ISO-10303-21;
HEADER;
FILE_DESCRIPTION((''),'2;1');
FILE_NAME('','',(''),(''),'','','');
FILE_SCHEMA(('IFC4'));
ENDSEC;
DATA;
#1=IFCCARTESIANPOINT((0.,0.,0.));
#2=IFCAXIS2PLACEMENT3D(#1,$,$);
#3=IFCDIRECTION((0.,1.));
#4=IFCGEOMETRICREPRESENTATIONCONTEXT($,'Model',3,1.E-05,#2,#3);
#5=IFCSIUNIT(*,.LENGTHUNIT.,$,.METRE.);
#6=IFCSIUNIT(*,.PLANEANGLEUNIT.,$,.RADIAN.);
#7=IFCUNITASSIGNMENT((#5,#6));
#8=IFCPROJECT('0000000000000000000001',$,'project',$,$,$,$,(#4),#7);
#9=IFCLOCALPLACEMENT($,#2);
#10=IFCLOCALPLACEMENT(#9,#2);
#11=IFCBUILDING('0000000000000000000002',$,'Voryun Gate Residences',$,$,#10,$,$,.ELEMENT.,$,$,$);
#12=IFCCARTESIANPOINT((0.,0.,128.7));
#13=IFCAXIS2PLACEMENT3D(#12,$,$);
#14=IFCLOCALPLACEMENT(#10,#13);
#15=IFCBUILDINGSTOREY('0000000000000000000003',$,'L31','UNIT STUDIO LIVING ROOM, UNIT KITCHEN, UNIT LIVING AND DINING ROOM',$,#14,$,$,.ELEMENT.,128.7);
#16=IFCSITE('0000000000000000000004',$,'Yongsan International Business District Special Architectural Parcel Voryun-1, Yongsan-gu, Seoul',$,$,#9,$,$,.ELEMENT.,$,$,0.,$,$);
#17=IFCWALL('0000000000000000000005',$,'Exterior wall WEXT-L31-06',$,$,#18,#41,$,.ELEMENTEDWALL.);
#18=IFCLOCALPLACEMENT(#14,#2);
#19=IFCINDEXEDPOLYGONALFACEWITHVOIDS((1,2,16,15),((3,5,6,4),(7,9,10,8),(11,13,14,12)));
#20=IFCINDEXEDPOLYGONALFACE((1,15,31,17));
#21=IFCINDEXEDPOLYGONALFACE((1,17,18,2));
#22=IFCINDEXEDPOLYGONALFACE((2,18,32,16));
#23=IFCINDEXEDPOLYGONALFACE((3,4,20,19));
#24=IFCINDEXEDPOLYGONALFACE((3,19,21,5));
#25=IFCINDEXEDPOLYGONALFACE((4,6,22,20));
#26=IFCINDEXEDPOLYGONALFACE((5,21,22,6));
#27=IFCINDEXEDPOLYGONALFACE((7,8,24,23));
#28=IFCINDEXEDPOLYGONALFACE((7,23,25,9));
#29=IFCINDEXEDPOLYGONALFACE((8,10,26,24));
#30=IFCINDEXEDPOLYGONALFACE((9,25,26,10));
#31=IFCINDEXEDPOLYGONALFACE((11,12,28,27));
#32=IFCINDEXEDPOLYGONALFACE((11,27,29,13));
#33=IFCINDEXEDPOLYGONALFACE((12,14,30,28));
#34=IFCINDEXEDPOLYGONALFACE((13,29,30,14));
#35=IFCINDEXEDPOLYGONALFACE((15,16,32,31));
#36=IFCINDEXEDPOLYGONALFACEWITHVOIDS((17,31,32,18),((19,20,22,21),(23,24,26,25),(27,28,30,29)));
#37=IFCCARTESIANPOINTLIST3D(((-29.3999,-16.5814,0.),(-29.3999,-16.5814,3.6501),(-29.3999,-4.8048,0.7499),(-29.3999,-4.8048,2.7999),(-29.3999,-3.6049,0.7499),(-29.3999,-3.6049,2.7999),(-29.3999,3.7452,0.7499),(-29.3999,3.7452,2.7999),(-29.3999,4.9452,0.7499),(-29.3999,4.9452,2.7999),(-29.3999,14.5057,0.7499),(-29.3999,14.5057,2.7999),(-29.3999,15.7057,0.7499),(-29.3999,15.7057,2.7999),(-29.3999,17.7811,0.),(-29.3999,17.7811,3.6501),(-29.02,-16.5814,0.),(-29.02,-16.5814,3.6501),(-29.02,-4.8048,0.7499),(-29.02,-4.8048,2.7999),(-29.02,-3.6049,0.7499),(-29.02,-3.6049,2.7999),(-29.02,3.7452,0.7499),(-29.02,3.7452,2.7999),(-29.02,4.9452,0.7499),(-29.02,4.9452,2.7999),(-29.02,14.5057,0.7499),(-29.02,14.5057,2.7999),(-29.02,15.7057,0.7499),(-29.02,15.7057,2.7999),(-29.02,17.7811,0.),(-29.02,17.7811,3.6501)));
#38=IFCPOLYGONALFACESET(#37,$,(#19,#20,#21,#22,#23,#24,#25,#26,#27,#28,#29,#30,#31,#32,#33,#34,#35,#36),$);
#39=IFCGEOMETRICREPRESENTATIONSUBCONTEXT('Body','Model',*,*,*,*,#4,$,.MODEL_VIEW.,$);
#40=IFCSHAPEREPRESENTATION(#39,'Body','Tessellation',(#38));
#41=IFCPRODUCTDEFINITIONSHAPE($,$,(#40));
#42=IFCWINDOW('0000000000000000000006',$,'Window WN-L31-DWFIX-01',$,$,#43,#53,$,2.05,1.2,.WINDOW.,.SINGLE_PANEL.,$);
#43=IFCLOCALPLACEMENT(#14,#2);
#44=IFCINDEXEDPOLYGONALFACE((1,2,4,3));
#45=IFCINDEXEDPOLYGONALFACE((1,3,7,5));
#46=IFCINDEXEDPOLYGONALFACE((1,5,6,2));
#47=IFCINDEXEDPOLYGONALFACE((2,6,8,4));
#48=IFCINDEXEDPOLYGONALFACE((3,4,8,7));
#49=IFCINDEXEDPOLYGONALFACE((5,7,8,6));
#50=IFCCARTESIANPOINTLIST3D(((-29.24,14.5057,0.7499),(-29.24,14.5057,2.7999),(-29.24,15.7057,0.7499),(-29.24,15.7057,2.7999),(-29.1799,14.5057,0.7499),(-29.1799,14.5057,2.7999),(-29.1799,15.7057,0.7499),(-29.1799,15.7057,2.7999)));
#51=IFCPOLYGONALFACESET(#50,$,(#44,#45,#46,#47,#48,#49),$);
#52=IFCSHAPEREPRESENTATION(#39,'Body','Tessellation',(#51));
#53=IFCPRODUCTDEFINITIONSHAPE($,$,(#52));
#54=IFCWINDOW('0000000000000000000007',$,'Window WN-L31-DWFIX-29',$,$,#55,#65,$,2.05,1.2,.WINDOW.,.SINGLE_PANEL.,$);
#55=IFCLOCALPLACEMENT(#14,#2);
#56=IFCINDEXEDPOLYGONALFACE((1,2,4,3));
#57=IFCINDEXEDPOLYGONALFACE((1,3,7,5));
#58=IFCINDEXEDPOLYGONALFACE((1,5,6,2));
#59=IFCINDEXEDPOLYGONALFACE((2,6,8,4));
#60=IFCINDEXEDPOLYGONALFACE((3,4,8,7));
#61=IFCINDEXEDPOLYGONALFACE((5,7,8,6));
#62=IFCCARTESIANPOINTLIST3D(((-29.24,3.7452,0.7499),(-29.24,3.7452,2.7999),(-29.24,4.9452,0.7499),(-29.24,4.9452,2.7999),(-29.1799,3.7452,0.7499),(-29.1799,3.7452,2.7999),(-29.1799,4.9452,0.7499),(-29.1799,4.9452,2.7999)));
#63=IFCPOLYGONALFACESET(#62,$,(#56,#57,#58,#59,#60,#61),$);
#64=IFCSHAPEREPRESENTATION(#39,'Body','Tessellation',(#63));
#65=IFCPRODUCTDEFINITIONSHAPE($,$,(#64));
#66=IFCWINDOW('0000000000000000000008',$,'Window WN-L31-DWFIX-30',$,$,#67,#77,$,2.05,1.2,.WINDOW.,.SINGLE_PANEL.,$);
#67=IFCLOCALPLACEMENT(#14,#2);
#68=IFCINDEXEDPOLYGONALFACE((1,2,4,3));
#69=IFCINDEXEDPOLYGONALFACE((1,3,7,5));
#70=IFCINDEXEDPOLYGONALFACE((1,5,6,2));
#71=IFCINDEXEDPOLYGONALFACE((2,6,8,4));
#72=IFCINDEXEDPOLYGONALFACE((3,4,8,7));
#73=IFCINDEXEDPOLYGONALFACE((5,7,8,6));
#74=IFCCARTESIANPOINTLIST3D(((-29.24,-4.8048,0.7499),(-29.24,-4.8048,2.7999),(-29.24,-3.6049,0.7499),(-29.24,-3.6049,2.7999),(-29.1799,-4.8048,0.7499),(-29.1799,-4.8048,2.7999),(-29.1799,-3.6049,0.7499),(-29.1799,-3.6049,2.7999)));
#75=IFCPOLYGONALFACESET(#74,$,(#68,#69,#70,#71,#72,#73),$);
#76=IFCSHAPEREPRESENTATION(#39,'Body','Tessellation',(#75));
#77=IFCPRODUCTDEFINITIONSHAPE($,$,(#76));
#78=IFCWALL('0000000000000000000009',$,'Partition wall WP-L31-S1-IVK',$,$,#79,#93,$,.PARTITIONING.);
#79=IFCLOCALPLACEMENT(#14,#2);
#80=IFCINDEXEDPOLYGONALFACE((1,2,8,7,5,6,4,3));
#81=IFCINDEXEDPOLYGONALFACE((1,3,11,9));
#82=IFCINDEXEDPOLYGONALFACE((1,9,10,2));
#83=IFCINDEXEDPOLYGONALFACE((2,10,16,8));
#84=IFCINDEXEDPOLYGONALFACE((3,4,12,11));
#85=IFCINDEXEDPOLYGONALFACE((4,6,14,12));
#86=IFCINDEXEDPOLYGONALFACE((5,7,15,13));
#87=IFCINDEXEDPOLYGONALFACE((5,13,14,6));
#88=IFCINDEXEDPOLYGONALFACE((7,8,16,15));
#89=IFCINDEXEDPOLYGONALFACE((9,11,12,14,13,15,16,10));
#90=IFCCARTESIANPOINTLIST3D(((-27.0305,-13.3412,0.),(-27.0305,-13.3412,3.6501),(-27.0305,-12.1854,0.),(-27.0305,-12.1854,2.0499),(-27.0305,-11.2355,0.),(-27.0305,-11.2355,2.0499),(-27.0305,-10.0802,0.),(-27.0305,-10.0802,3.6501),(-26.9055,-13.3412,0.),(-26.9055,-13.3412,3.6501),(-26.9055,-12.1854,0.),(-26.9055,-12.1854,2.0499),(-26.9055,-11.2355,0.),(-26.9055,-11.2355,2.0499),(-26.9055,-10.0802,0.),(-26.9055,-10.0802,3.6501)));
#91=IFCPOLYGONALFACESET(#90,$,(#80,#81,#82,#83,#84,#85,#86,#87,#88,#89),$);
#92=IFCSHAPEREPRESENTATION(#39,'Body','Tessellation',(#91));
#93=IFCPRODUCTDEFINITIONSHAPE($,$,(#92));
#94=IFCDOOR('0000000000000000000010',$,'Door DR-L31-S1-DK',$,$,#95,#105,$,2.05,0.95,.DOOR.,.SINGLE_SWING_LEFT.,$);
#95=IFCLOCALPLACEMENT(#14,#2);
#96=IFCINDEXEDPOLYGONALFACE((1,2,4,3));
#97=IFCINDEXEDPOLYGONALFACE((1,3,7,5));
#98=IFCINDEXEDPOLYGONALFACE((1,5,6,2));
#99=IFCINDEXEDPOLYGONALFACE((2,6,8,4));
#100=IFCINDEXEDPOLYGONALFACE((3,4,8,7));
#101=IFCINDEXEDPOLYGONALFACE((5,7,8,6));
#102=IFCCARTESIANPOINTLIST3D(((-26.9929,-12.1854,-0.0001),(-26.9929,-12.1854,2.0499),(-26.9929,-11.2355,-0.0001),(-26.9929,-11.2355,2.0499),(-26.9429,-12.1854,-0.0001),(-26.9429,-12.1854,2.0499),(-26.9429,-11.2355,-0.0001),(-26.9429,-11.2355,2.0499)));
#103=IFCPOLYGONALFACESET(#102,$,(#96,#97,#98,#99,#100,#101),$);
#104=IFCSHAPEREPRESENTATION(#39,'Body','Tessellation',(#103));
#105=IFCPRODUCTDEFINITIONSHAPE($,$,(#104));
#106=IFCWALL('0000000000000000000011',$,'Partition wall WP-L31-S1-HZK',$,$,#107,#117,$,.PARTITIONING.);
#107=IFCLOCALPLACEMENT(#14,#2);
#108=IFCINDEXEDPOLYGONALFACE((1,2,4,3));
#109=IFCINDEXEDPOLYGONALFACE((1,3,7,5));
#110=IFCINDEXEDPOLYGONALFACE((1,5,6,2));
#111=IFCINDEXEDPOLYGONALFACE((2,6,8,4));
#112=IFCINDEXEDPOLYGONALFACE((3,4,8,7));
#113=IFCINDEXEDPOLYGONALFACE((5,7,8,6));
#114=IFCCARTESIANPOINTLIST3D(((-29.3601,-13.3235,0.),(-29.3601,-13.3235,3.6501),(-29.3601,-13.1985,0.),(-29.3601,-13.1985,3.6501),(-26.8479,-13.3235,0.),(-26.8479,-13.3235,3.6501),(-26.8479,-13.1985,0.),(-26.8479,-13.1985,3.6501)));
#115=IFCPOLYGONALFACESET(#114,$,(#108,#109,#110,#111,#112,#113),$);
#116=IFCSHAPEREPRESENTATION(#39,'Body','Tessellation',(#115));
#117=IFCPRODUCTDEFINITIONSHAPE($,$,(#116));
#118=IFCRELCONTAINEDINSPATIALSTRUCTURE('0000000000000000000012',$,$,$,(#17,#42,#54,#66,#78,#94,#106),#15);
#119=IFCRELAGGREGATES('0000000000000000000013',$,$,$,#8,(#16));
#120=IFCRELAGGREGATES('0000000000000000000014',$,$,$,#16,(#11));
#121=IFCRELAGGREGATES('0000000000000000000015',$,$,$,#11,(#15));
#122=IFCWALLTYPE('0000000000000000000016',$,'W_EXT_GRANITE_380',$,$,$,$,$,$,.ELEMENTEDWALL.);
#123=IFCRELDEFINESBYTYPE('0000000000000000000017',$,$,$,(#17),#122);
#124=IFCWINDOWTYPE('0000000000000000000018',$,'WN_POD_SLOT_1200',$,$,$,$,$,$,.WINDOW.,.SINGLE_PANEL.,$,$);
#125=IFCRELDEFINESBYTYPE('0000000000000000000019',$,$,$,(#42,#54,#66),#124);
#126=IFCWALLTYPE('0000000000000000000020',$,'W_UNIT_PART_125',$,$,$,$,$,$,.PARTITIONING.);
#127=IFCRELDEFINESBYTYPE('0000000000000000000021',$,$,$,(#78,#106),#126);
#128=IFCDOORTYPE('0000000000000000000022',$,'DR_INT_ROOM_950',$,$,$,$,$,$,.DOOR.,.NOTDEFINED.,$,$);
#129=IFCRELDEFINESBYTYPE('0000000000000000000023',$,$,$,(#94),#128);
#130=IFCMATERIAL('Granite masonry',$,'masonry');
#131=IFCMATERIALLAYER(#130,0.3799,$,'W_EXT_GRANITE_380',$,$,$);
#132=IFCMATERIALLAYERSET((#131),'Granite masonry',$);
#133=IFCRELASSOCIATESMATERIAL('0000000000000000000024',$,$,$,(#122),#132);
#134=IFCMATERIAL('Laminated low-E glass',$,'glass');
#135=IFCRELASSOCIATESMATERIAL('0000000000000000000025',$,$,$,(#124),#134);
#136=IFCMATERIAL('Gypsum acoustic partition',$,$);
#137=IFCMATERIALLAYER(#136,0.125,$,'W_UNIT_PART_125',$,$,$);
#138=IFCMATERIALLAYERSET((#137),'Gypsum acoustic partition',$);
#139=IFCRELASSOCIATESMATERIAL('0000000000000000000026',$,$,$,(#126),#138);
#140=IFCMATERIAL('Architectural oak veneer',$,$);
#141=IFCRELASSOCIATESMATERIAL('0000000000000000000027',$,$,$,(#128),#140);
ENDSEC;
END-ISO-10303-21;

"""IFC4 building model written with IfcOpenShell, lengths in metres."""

from ifc_helpers import new_model, si_unit, direction, frame, frame_2d, origin, place, context, subcontext, project, spatial, rectangle, extrude, material, layer, layer_set, type_object, element, fill, save


model = new_model("IFC4")

# Units and contexts
model_context = context("Model", 3, precision=1e-05, world=origin(), true_north=direction((0.0, 1.0)))
body_context = subcontext(model_context, "Body", "Model", "MODEL_VIEW")
ifc_project = project(units=[si_unit("LENGTHUNIT", "METRE"), si_unit("PLANEANGLEUNIT", "RADIAN")], contexts=[model_context])

# Site, building, storey
site_placement = place(None, origin())
site = spatial("IfcSite", under=ifc_project, at=site_placement, Name="Yongsan International Business District Special Architectural Parcel Voryun-1, Yongsan-gu, Seoul", CompositionType="ELEMENT", RefElevation=0.0)
building_placement = place(site_placement, origin())
building = spatial("IfcBuilding", under=site, at=building_placement, Name="Voryun Gate Residences", CompositionType="ELEMENT")
storey_placement = place(building_placement, frame((0.0, 0.0, 128.7)))
storey = spatial("IfcBuildingStorey", under=building, at=storey_placement, Name="L31", Description="UNIT STUDIO LIVING ROOM, UNIT KITCHEN, UNIT LIVING AND DINING ROOM", CompositionType="ELEMENT", Elevation=128.7)

# Shared definitions
ifc_material_1 = material(Name="Granite masonry", Category="masonry")
ifc_layer_1 = layer(ifc_material_1, 0.3799, Name="W_EXT_GRANITE_380")
ifc_layer_set_1 = layer_set([ifc_layer_1], Name="Granite masonry")
wall_type_1 = type_object("IfcWallType", Name="W_EXT_GRANITE_380", PredefinedType="ELEMENTEDWALL", material=ifc_layer_set_1)

# Wall, openings, windows
wall_1_placement = place(storey_placement, frame((-29.21, -16.5813, 0.0), z_axis=(0.0, 0.0, 1.0), x_axis=(0.0, 1.0, 0.0)))
wall_1 = element("IfcWall", 1, at=wall_1_placement, inside=storey, type_object=wall_type_1, Name="Exterior wall WEXT-L31-06", PredefinedType="ELEMENTEDWALL", context=body_context, shape_type="SweptSolid", body=[
    extrude(rectangle(XDim=34.3625, YDim=0.3799, at=frame_2d((17.1812, 0.0))), origin(), (0.0, 0.0, 1.0), 3.6501),
])
opening_1_placement = place(wall_1_placement, frame((31.0869, 0.0, 0.75)))
opening_1 = element("IfcOpeningElement", 2, at=opening_1_placement, cuts=wall_1, PredefinedType="OPENING", context=body_context, shape_type="SweptSolid", body=[
    extrude(rectangle(XDim=1.2, YDim=2.05, at=frame_2d((0.6001, 1.0249))), frame((0.0, 0.2, 0.0), z_axis=(0.0, -1.0, 0.0), x_axis=(1.0, 0.0, 0.0)), (0.0, 0.0, 1.0), 0.3999),
])
opening_2_placement = place(wall_1_placement, frame((20.3264, 0.0, 0.75)))
opening_2 = element("IfcOpeningElement", 3, at=opening_2_placement, cuts=wall_1, PredefinedType="OPENING", context=body_context, shape_type="SweptSolid", body=[
    extrude(rectangle(XDim=1.2, YDim=2.05, at=frame_2d((0.6001, 1.0249))), frame((0.0, 0.2, 0.0), z_axis=(0.0, -1.0, 0.0), x_axis=(1.0, 0.0, 0.0)), (0.0, 0.0, 1.0), 0.3999),
])
opening_3_placement = place(wall_1_placement, frame((11.7764, 0.0, 0.75)))
opening_3 = element("IfcOpeningElement", 4, at=opening_3_placement, cuts=wall_1, PredefinedType="OPENING", context=body_context, shape_type="SweptSolid", body=[
    extrude(rectangle(XDim=1.2, YDim=2.05, at=frame_2d((0.6001, 1.0249))), frame((0.0, 0.2, 0.0), z_axis=(0.0, -1.0, 0.0), x_axis=(1.0, 0.0, 0.0)), (0.0, 0.0, 1.0), 0.3999),
])
ifc_material_2 = material(Name="Laminated low-E glass", Category="glass")
window_type = type_object("IfcWindowType", Name="WN_POD_SLOT_1200", PartitioningType="SINGLE_PANEL", PredefinedType="WINDOW", material=ifc_material_2)
window_1_placement = place(opening_1_placement, origin())
window_1 = element("IfcWindow", 5, at=window_1_placement, inside=storey, type_object=window_type, Name="Window WN-L31-DWFIX-01", OverallHeight=2.05, OverallWidth=1.2, PartitioningType="SINGLE_PANEL", PredefinedType="WINDOW", context=body_context, shape_type="SweptSolid", body=[
    extrude(rectangle(XDim=1.2, YDim=2.05, at=frame_2d((0.6001, 1.0249))), frame((0.0, 0.03, 0.0), z_axis=(0.0, -1.0, 0.0), x_axis=(1.0, 0.0, 0.0)), (0.0, 0.0, 1.0), 0.0601),
])
fill(opening_1, window_1)
window_2_placement = place(opening_2_placement, origin())
window_2 = element("IfcWindow", 6, at=window_2_placement, inside=storey, type_object=window_type, Name="Window WN-L31-DWFIX-29", OverallHeight=2.05, OverallWidth=1.2, PartitioningType="SINGLE_PANEL", PredefinedType="WINDOW", context=body_context, shape_type="SweptSolid", body=[
    extrude(rectangle(XDim=1.2, YDim=2.05, at=frame_2d((0.6001, 1.0249))), frame((0.0, 0.03, 0.0), z_axis=(0.0, -1.0, 0.0), x_axis=(1.0, 0.0, 0.0)), (0.0, 0.0, 1.0), 0.0601),
])
fill(opening_2, window_2)
window_3_placement = place(opening_3_placement, origin())
window_3 = element("IfcWindow", 7, at=window_3_placement, inside=storey, type_object=window_type, Name="Window WN-L31-DWFIX-30", OverallHeight=2.05, OverallWidth=1.2, PartitioningType="SINGLE_PANEL", PredefinedType="WINDOW", context=body_context, shape_type="SweptSolid", body=[
    extrude(rectangle(XDim=1.2, YDim=2.05, at=frame_2d((0.6001, 1.0249))), frame((0.0, 0.03, 0.0), z_axis=(0.0, -1.0, 0.0), x_axis=(1.0, 0.0, 0.0)), (0.0, 0.0, 1.0), 0.0601),
])
fill(opening_3, window_3)

# Wall, opening, door
ifc_material_3 = material(Name="Gypsum acoustic partition")
ifc_layer_2 = layer(ifc_material_3, 0.125, Name="W_UNIT_PART_125")
ifc_layer_set_2 = layer_set([ifc_layer_2], Name="Gypsum acoustic partition")
wall_type_2 = type_object("IfcWallType", Name="W_UNIT_PART_125", PredefinedType="PARTITIONING", material=ifc_layer_set_2)
wall_2_placement = place(storey_placement, frame((-26.968, -13.3411, 0.0), z_axis=(0.0, 0.0, 1.0), x_axis=(0.0, 1.0, 0.0)))
wall_2 = element("IfcWall", 8, at=wall_2_placement, inside=storey, type_object=wall_type_2, Name="Partition wall WP-L31-S1-IVK", PredefinedType="PARTITIONING", context=body_context, shape_type="SweptSolid", body=[
    extrude(rectangle(XDim=3.261, YDim=0.125, at=frame_2d((1.6304, 0.0))), origin(), (0.0, 0.0, 1.0), 3.6501),
])
opening_4_placement = place(wall_2_placement, frame((1.1555, 0.0, 0.0)))
opening_4 = element("IfcOpeningElement", 9, at=opening_4_placement, cuts=wall_2, PredefinedType="OPENING", context=body_context, shape_type="SweptSolid", body=[
    extrude(rectangle(XDim=0.95, YDim=2.05, at=frame_2d((0.4751, 1.0249))), frame((0.0, 0.0725, 0.0), z_axis=(0.0, -1.0, 0.0), x_axis=(1.0, 0.0, 0.0)), (0.0, 0.0, 1.0), 0.145),
])
ifc_material_4 = material(Name="Architectural oak veneer")
door_type_1 = type_object("IfcDoorType", Name="DR_INT_ROOM_950", OperationType="NOTDEFINED", PredefinedType="DOOR", material=ifc_material_4)
door_1_placement = place(opening_4_placement, origin())
door_1 = element("IfcDoor", 10, at=door_1_placement, inside=storey, type_object=door_type_1, Name="Door DR-L31-S1-DK", OperationType="SINGLE_SWING_LEFT", OverallHeight=2.05, OverallWidth=0.95, PredefinedType="DOOR", context=body_context, shape_type="SweptSolid", body=[
    extrude(rectangle(XDim=0.95, YDim=2.05, at=frame_2d((0.4751, 1.0249))), frame((0.0, 0.0249, 0.0), z_axis=(0.0, -1.0, 0.0), x_axis=(1.0, 0.0, 0.0)), (0.0, 0.0, 1.0), 0.05),
])
fill(opening_4, door_1)

# Wall
wall_3_placement = place(storey_placement, frame((-29.3601, -13.261, 0.0), z_axis=(0.0, 0.0, 1.0), x_axis=(1.0, 0.0, 0.0)))
element("IfcWall", 11, at=wall_3_placement, inside=storey, type_object=wall_type_2, Name="Partition wall WP-L31-S1-HZK", PredefinedType="PARTITIONING", context=body_context, shape_type="SweptSolid", body=[
    extrude(rectangle(XDim=2.5122, YDim=0.125, at=frame_2d((1.2561, 0.0))), origin(), (0.0, 0.0, 1.0), 3.6501),
])

save(model, "model.ifc")
